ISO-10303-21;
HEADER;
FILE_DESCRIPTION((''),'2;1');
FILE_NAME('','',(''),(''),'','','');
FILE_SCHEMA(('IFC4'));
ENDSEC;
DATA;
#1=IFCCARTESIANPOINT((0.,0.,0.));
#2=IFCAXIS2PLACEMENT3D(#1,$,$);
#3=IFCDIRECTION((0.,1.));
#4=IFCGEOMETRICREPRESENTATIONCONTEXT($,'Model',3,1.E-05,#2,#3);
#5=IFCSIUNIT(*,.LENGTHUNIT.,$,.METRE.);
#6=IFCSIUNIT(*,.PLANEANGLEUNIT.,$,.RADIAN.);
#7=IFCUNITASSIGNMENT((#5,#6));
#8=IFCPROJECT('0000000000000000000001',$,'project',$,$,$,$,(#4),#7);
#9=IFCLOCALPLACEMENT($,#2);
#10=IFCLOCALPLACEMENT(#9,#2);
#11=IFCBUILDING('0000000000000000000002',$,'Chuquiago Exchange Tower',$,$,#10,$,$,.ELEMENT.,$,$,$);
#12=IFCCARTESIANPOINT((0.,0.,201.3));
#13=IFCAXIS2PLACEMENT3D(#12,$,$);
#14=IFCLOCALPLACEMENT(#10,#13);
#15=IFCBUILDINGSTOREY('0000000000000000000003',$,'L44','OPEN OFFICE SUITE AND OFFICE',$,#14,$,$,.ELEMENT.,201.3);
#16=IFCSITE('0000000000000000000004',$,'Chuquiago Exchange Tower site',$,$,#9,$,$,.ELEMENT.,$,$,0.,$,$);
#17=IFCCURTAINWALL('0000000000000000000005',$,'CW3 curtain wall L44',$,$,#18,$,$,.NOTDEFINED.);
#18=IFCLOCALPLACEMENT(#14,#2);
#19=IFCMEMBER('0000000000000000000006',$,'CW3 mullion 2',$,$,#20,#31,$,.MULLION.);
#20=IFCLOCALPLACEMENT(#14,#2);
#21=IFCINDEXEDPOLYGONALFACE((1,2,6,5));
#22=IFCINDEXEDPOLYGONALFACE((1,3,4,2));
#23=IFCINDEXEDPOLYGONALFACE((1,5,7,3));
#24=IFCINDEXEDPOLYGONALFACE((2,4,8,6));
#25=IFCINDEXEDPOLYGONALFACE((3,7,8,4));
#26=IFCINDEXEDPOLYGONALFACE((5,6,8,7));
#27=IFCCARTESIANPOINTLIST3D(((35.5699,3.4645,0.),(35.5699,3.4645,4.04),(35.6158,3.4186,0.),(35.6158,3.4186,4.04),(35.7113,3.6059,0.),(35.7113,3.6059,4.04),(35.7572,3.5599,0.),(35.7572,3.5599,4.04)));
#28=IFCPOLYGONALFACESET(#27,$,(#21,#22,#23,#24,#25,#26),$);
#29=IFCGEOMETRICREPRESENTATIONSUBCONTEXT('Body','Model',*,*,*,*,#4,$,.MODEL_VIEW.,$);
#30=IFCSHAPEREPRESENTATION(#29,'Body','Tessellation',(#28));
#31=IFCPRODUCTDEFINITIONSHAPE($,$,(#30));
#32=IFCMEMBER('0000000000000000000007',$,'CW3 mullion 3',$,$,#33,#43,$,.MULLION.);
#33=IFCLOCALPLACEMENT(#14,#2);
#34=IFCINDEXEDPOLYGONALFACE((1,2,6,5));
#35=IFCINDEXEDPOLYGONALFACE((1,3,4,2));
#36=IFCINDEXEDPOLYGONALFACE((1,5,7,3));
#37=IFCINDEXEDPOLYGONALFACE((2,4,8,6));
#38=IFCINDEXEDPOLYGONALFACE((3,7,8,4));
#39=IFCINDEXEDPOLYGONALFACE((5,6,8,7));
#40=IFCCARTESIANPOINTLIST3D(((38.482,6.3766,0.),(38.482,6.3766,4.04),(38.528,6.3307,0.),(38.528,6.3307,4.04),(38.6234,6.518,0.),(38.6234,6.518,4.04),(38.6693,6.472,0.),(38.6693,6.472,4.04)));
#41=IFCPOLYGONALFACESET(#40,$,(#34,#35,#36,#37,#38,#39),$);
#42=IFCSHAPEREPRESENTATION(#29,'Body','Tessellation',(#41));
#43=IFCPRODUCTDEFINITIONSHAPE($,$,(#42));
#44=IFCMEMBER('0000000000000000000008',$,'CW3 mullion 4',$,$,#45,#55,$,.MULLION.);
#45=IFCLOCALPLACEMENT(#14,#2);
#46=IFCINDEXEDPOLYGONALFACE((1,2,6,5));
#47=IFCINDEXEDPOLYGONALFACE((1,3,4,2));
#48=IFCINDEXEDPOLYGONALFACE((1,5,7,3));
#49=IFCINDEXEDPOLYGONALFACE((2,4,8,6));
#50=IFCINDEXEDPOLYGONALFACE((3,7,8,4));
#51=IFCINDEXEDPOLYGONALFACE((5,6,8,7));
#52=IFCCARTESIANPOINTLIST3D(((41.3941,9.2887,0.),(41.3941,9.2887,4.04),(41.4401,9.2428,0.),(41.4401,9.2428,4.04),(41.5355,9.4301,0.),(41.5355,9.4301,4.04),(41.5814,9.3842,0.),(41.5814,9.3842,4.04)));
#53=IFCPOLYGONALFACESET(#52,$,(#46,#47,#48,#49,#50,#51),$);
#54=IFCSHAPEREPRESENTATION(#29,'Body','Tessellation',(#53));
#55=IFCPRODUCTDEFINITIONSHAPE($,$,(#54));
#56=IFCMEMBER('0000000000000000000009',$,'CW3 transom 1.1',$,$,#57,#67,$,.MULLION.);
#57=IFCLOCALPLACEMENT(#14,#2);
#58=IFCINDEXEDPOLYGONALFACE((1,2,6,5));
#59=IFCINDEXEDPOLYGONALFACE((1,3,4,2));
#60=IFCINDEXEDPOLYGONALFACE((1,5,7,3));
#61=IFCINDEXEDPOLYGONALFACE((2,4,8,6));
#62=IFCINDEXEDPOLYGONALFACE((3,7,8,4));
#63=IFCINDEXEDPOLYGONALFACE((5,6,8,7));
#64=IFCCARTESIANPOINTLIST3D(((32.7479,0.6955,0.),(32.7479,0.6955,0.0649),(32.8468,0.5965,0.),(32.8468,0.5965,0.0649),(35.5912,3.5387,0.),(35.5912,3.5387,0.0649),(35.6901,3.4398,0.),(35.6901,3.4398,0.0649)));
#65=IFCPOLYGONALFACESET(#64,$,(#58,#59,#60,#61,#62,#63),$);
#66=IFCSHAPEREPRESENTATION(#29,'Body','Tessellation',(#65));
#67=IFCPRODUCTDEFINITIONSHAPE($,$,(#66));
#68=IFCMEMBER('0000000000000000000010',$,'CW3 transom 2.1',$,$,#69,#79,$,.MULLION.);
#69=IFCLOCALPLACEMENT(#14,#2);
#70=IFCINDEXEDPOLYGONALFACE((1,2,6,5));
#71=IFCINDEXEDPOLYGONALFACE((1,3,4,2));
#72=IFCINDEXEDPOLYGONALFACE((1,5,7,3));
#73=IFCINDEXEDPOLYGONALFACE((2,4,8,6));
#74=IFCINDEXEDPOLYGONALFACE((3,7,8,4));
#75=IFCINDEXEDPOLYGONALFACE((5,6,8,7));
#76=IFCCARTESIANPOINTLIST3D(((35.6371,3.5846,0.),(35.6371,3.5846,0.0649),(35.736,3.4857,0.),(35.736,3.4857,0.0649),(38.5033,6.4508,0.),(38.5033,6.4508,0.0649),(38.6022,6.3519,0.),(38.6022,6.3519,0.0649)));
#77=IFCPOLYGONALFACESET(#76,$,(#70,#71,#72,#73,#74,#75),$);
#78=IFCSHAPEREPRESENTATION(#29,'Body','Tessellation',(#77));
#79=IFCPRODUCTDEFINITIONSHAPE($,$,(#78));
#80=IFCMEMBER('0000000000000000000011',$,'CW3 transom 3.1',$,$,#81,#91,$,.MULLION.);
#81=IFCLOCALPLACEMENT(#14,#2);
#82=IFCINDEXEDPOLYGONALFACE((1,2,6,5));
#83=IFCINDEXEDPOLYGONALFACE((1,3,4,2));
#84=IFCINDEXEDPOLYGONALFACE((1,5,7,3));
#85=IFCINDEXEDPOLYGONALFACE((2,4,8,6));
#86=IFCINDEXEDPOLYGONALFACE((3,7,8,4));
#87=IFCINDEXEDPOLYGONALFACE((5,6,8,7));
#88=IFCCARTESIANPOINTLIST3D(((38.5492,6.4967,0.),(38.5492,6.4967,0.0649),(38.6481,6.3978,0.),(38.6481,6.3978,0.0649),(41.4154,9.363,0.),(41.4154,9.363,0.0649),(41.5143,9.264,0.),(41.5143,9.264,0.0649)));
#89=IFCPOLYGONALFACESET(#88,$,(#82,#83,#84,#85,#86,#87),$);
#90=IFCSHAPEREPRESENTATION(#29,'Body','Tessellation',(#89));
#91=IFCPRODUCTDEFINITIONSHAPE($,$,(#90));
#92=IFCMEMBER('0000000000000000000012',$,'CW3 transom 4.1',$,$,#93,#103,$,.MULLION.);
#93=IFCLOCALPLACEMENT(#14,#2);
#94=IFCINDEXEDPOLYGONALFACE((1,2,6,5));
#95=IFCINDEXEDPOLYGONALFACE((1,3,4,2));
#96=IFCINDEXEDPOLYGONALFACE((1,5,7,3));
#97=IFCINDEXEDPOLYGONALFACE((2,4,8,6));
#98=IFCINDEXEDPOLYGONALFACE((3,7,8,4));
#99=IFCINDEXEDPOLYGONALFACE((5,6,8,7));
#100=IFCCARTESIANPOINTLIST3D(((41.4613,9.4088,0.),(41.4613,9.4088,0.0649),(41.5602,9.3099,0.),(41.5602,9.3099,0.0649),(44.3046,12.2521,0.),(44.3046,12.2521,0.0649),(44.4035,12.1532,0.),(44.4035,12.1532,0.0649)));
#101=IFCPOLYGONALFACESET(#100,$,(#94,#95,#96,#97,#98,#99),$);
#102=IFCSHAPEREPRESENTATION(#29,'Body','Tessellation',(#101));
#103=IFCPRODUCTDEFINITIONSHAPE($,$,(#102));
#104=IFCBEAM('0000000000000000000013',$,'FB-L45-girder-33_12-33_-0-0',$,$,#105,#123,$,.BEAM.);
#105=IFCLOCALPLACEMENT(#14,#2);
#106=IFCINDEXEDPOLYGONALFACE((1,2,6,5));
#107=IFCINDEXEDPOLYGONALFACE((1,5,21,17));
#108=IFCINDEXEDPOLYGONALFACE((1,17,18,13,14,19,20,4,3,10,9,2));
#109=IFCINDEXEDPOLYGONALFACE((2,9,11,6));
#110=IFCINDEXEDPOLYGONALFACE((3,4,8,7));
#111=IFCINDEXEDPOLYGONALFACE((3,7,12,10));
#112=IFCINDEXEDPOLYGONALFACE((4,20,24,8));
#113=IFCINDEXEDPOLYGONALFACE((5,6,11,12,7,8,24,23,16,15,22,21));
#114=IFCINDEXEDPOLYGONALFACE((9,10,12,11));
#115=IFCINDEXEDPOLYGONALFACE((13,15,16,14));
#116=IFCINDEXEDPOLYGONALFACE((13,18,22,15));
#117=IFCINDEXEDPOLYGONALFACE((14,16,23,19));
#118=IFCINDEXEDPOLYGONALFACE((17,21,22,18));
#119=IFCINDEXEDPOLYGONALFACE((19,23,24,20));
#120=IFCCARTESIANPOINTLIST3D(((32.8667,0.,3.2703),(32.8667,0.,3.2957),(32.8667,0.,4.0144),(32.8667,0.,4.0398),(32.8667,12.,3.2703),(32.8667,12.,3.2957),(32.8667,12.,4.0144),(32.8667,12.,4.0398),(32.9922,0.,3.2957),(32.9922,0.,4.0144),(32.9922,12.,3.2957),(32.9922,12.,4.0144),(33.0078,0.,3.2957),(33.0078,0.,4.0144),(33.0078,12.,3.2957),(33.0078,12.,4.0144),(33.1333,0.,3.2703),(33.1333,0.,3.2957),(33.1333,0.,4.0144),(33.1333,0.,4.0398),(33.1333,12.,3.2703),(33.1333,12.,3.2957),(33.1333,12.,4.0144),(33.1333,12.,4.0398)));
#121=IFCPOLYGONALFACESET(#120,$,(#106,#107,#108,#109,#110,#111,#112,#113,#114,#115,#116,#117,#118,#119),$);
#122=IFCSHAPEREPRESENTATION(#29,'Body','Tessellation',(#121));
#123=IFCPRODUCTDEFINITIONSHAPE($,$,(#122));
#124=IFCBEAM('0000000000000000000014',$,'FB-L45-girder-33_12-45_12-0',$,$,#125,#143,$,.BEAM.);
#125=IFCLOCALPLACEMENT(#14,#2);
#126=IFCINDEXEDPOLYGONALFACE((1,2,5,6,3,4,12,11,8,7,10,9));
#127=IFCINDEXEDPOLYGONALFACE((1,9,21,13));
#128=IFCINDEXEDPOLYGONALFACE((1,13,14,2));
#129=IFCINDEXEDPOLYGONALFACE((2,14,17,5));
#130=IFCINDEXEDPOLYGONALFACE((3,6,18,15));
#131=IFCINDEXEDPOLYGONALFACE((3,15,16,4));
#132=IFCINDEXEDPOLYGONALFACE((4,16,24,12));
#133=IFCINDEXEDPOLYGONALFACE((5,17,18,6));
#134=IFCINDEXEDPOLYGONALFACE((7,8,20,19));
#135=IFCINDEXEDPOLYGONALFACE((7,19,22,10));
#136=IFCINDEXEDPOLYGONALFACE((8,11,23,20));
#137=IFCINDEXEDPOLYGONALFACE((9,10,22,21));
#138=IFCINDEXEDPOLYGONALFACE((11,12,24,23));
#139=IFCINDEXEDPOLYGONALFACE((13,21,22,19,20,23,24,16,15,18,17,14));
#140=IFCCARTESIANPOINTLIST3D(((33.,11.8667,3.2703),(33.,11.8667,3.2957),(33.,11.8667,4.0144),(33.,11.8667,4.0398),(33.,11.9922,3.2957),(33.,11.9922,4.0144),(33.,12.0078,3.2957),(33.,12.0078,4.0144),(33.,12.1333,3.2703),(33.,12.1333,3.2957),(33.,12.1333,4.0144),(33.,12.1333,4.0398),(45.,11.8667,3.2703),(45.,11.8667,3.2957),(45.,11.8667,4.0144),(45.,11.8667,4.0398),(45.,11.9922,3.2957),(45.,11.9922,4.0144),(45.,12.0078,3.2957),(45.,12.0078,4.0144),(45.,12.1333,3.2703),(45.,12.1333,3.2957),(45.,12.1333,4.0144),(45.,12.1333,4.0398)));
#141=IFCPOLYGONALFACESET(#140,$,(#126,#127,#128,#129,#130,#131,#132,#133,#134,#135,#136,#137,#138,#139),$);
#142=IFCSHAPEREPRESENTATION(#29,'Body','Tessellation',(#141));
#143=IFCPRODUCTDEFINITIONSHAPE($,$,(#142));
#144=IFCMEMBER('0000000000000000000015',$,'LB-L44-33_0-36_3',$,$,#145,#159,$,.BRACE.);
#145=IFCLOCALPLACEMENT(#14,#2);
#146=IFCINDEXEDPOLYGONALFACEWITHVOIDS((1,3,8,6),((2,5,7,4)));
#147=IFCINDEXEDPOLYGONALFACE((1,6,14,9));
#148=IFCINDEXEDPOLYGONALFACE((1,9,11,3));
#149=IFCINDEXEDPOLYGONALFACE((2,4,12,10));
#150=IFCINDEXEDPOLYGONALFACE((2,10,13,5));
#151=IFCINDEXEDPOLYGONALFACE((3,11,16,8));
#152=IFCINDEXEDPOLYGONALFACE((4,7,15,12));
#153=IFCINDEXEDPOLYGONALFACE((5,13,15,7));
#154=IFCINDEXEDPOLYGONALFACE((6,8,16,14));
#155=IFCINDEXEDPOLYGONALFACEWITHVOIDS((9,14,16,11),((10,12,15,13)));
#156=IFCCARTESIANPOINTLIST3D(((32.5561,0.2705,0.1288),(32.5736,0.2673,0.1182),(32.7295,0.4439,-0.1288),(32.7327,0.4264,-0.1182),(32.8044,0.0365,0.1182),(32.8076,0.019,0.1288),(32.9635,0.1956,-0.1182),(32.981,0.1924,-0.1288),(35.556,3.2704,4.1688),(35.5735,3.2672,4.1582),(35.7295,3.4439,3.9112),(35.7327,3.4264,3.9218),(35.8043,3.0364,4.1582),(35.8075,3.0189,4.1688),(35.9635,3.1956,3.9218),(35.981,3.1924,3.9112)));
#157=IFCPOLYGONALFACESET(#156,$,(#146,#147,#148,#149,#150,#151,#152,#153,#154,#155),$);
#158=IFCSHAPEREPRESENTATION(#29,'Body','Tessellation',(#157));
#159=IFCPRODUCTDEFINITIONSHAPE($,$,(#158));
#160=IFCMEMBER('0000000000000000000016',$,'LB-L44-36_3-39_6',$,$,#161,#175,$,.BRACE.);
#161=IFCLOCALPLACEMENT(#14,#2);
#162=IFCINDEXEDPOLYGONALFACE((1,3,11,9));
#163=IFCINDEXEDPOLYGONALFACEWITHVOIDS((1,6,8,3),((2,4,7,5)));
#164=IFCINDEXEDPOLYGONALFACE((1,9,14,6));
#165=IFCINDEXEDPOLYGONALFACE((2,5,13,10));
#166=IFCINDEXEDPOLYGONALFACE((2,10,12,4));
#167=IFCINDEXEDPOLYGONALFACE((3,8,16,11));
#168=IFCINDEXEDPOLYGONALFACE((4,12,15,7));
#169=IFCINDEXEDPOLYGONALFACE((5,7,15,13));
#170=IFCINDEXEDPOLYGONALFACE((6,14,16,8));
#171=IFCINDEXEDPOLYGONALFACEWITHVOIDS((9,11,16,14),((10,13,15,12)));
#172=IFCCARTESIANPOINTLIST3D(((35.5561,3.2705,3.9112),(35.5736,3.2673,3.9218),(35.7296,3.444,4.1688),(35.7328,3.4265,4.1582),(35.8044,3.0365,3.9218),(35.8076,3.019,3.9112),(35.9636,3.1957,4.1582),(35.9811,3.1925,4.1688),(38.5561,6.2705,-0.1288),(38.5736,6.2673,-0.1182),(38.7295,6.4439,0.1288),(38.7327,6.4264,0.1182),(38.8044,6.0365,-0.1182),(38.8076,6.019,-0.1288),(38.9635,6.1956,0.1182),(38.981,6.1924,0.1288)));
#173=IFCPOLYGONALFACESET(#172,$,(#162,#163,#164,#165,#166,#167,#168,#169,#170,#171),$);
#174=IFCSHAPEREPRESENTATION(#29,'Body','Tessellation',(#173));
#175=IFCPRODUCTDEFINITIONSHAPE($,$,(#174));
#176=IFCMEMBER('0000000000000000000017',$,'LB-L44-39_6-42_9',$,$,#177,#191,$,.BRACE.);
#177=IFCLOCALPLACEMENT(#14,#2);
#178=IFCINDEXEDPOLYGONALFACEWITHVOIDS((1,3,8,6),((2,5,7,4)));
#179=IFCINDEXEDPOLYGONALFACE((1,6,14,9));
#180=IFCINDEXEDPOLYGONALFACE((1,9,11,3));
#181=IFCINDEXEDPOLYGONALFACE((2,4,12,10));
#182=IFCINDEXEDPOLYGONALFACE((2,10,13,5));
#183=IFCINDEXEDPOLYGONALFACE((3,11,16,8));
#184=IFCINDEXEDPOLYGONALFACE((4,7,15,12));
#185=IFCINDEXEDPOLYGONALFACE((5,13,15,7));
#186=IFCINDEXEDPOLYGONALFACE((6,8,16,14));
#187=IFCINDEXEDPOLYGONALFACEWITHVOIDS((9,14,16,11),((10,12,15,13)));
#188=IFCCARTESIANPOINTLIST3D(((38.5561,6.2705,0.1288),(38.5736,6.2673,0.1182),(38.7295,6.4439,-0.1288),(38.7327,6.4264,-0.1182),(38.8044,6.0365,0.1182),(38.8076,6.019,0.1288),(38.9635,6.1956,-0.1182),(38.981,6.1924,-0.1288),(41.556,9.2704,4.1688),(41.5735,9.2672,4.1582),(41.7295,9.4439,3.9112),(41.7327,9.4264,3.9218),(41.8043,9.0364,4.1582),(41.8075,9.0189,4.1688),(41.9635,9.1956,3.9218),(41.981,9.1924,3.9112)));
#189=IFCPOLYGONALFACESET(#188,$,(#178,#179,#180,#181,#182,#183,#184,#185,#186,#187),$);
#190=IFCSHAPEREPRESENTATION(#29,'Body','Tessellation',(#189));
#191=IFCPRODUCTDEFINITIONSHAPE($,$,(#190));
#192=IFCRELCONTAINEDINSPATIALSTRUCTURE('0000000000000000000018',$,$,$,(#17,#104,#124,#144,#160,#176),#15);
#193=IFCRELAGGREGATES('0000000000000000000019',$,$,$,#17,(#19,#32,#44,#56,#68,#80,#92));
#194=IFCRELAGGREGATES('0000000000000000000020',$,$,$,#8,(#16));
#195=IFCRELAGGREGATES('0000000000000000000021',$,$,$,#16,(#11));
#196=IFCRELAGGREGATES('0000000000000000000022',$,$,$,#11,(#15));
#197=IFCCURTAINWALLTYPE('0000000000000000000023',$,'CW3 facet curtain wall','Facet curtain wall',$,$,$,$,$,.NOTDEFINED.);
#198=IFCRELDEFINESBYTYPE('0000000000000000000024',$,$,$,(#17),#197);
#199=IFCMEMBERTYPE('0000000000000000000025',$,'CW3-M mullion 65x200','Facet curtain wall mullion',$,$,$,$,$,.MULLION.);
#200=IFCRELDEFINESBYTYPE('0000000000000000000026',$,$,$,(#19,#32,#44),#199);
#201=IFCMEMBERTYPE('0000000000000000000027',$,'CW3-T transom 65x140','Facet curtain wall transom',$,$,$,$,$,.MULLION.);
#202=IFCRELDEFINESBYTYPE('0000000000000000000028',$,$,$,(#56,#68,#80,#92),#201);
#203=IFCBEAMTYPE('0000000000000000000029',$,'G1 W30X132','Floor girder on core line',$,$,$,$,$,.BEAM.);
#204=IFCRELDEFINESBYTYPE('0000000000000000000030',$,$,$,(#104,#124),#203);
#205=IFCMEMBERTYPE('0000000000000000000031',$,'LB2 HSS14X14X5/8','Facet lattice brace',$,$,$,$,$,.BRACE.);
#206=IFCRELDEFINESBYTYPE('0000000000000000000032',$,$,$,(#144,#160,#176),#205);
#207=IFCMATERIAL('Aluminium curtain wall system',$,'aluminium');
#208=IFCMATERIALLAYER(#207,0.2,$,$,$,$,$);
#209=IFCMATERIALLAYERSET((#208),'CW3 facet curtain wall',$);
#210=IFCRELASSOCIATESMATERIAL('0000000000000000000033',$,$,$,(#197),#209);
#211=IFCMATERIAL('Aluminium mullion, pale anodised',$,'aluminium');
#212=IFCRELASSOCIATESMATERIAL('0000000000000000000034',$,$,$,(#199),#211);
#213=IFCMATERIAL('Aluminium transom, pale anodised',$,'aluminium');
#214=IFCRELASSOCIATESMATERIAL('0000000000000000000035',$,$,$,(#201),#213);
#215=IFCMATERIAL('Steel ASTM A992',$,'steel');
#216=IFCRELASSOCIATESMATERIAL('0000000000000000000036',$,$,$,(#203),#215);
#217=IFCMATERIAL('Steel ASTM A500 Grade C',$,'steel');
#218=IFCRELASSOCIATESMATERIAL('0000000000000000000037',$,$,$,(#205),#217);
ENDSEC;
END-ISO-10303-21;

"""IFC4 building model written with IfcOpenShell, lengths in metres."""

from ifc_helpers import new_model, si_unit, direction, frame, origin, origin_2d, place, context, subcontext, project, spatial, rectangle, hollow_rectangle, i_section, extrude, material, layer, layer_set, material_profile, profile_set, type_object, element, aggregate, save


model = new_model("IFC4")

# Units and contexts
model_context = context("Model", 3, precision=1e-05, world=origin(), true_north=direction((0.0, 1.0)))
body_context = subcontext(model_context, "Body", "Model", "MODEL_VIEW")
ifc_project = project(units=[si_unit("LENGTHUNIT", "METRE"), si_unit("PLANEANGLEUNIT", "RADIAN")], contexts=[model_context])

# Site, building, storey
site_placement = place(None, origin())
site = spatial("IfcSite", under=ifc_project, at=site_placement, Name="Chuquiago Exchange Tower site", CompositionType="ELEMENT", RefElevation=0.0)
building_placement = place(site_placement, origin())
building = spatial("IfcBuilding", under=site, at=building_placement, Name="Chuquiago Exchange Tower", CompositionType="ELEMENT")
storey_placement = place(building_placement, frame((0.0, 0.0, 201.3)))
storey = spatial("IfcBuildingStorey", under=building, at=storey_placement, Name="L44", Description="OPEN OFFICE SUITE AND OFFICE", CompositionType="ELEMENT", Elevation=201.3)

# Curtain wall, members
ifc_material_1 = material(Name="Aluminium curtain wall system", Category="aluminium")
ifc_layer_1 = layer(ifc_material_1, 0.2)
ifc_layer_set_1 = layer_set([ifc_layer_1], Name="CW3 facet curtain wall")
curtain_wall_type = type_object("IfcCurtainWallType", Name="CW3 facet curtain wall", Description="Facet curtain wall", PredefinedType="NOTDEFINED", material=ifc_layer_set_1)
curtain_wall_placement = place(storey_placement, origin())
curtain_wall = element("IfcCurtainWall", 1, at=curtain_wall_placement, inside=storey, type_object=curtain_wall_type, Name="CW3 curtain wall L44", PredefinedType="NOTDEFINED")
ifc_material_2 = material(Name="Aluminium mullion, pale anodised", Category="aluminium")
ifc_material_profile_1 = material_profile(ifc_material_2, rectangle(XDim=0.0649, YDim=0.2, at=origin_2d()), Name="AL 65x200")
ifc_profile_set_1 = profile_set([ifc_material_profile_1], Name="Aluminium mullion, pale anodised")
member_type_1 = type_object("IfcMemberType", Name="CW3-M mullion 65x200", Description="Facet curtain wall mullion", PredefinedType="MULLION", material=ifc_profile_set_1)
member_1_placement = place(storey_placement, frame((35.6636, 3.5122, 0.0), z_axis=(0.0, 0.0, 1.0), x_axis=(-0.707107, 0.707107, 0.0)))
member_1 = element("IfcMember", 2, at=member_1_placement, type_object=member_type_1, Name="CW3 mullion 2", PredefinedType="MULLION", context=body_context, shape_type="SweptSolid", body=[
    extrude(rectangle(XDim=0.0649, YDim=0.2, at=origin_2d()), origin(), (0.0, 0.0, 1.0), 4.04),
])
member_2_placement = place(storey_placement, frame((38.5757, 6.4243, 0.0), z_axis=(0.0, 0.0, 1.0), x_axis=(-0.707107, 0.707107, 0.0)))
member_2 = element("IfcMember", 3, at=member_2_placement, type_object=member_type_1, Name="CW3 mullion 3", PredefinedType="MULLION", context=body_context, shape_type="SweptSolid", body=[
    extrude(rectangle(XDim=0.0649, YDim=0.2, at=origin_2d()), origin(), (0.0, 0.0, 1.0), 4.04),
])
member_3_placement = place(storey_placement, frame((41.4878, 9.3364, 0.0), z_axis=(0.0, 0.0, 1.0), x_axis=(-0.707107, 0.707107, 0.0)))
member_3 = element("IfcMember", 4, at=member_3_placement, type_object=member_type_1, Name="CW3 mullion 4", PredefinedType="MULLION", context=body_context, shape_type="SweptSolid", body=[
    extrude(rectangle(XDim=0.0649, YDim=0.2, at=origin_2d()), origin(), (0.0, 0.0, 1.0), 4.04),
])
ifc_material_3 = material(Name="Aluminium transom, pale anodised", Category="aluminium")
ifc_material_profile_2 = material_profile(ifc_material_3, rectangle(XDim=0.1399, YDim=0.0649, at=origin_2d()), Name="AL 140x65")
ifc_profile_set_2 = profile_set([ifc_material_profile_2], Name="Aluminium transom, pale anodised")
member_type_2 = type_object("IfcMemberType", Name="CW3-T transom 65x140", Description="Facet curtain wall transom", PredefinedType="MULLION", material=ifc_profile_set_2)
member_4_placement = place(storey_placement, frame((32.7974, 0.646, 0.0325), z_axis=(0.707107, 0.707107, 0.0), x_axis=(-0.707107, 0.707107, 0.0)))
member_4 = element("IfcMember", 5, at=member_4_placement, type_object=member_type_2, Name="CW3 transom 1.1", PredefinedType="MULLION", context=body_context, shape_type="SweptSolid", body=[
    extrude(rectangle(XDim=0.1399, YDim=0.0649, at=origin_2d()), origin(), (0.0, 0.0, 1.0), 4.021),
])
member_5_placement = place(storey_placement, frame((35.6865, 3.5352, 0.0325), z_axis=(0.707107, 0.707107, 0.0), x_axis=(-0.707107, 0.707107, 0.0)))
member_5 = element("IfcMember", 6, at=member_5_placement, type_object=member_type_2, Name="CW3 transom 2.1", PredefinedType="MULLION", context=body_context, shape_type="SweptSolid", body=[
    extrude(rectangle(XDim=0.1399, YDim=0.0649, at=origin_2d()), origin(), (0.0, 0.0, 1.0), 4.0535),
])
member_6_placement = place(storey_placement, frame((38.5986, 6.4473, 0.0325), z_axis=(0.707107, 0.707107, 0.0), x_axis=(-0.707107, 0.707107, 0.0)))
member_6 = element("IfcMember", 7, at=member_6_placement, type_object=member_type_2, Name="CW3 transom 3.1", PredefinedType="MULLION", context=body_context, shape_type="SweptSolid", body=[
    extrude(rectangle(XDim=0.1399, YDim=0.0649, at=origin_2d()), origin(), (0.0, 0.0, 1.0), 4.0535),
])
member_7_placement = place(storey_placement, frame((41.5107, 9.3594, 0.0325), z_axis=(0.707107, 0.707107, 0.0), x_axis=(-0.707107, 0.707107, 0.0)))
member_7 = element("IfcMember", 8, at=member_7_placement, type_object=member_type_2, Name="CW3 transom 4.1", PredefinedType="MULLION", context=body_context, shape_type="SweptSolid", body=[
    extrude(rectangle(XDim=0.1399, YDim=0.0649, at=origin_2d()), origin(), (0.0, 0.0, 1.0), 4.021),
])

# Beams
ifc_material_4 = material(Name="Steel ASTM A992", Category="steel")
ifc_material_profile_3 = material_profile(ifc_material_4, i_section(OverallWidth=0.2666, OverallDepth=0.7695, WebThickness=0.0156, FlangeThickness=0.0254, at=origin_2d()), Name="W30X132")
ifc_profile_set_3 = profile_set([ifc_material_profile_3], Name="Steel ASTM A992")
beam_type_1 = type_object("IfcBeamType", Name="G1 W30X132", Description="Floor girder on core line", PredefinedType="BEAM", material=ifc_profile_set_3)
for number, where, z_axis, x_axis, name in (
    (9, (33.0, 12.0, 3.655), (0.0, -1.0, 0.0), (1.0, 0.0, 0.0), "FB-L45-girder-33_12-33_-0-0"),
    (10, (33.0, 12.0, 3.655), (1.0, 0.0, 0.0), (0.0, 1.0, 0.0), "FB-L45-girder-33_12-45_12-0"),
):
    element("IfcBeam", number, at=place(storey_placement, frame(where, z_axis=z_axis, x_axis=x_axis)), inside=storey, type_object=beam_type_1, Name=name, PredefinedType="BEAM", context=body_context, shape_type="SweptSolid", body=[
        extrude(i_section(OverallWidth=0.2666, OverallDepth=0.7695, WebThickness=0.0156, FlangeThickness=0.0254, at=origin_2d()), origin(), (0.0, 0.0, 1.0), 12.0),
    ])

# Members
ifc_material_5 = material(Name="Steel ASTM A500 Grade C", Category="steel")
ifc_material_profile_4 = material_profile(ifc_material_5, hollow_rectangle(XDim=0.3557, YDim=0.3557, WallThickness=0.0146, at=origin_2d()), Name="HSS14X14X5/8")
ifc_profile_set_4 = profile_set([ifc_material_profile_4], Name="Steel ASTM A500 Grade C")
member_type_3 = type_object("IfcMemberType", Name="LB2 HSS14X14X5/8", Description="Facet lattice brace", PredefinedType="BRACE", material=ifc_profile_set_4)
for number, where, z_axis, x_axis, name in (
    (11, (32.7686, 0.2314, 0.0), (0.512077, 0.512077, 0.689604), (-0.707107, 0.707107, 0.0), "LB-L44-33_0-36_3"),
    (12, (38.7686, 6.2314, 0.0), (-0.512077, -0.512077, 0.689604), (0.707107, -0.707107, 0.0), "LB-L44-36_3-39_6"),
    (13, (38.7686, 6.2314, 0.0), (0.512077, 0.512077, 0.689604), (-0.707107, 0.707107, 0.0), "LB-L44-39_6-42_9"),
):
    element("IfcMember", number, at=place(storey_placement, frame(where, z_axis=z_axis, x_axis=x_axis)), inside=storey, type_object=member_type_3, Name=name, PredefinedType="BRACE", context=body_context, shape_type="SweptSolid", body=[
        extrude(hollow_rectangle(XDim=0.3557, YDim=0.3557, WallThickness=0.0146, at=origin_2d()), origin(), (0.0, 0.0, 1.0), 5.8584),
    ])

aggregate(curtain_wall, [member_1, member_2, member_3, member_4, member_5, member_6, member_7])

save(model, "model.ifc")
